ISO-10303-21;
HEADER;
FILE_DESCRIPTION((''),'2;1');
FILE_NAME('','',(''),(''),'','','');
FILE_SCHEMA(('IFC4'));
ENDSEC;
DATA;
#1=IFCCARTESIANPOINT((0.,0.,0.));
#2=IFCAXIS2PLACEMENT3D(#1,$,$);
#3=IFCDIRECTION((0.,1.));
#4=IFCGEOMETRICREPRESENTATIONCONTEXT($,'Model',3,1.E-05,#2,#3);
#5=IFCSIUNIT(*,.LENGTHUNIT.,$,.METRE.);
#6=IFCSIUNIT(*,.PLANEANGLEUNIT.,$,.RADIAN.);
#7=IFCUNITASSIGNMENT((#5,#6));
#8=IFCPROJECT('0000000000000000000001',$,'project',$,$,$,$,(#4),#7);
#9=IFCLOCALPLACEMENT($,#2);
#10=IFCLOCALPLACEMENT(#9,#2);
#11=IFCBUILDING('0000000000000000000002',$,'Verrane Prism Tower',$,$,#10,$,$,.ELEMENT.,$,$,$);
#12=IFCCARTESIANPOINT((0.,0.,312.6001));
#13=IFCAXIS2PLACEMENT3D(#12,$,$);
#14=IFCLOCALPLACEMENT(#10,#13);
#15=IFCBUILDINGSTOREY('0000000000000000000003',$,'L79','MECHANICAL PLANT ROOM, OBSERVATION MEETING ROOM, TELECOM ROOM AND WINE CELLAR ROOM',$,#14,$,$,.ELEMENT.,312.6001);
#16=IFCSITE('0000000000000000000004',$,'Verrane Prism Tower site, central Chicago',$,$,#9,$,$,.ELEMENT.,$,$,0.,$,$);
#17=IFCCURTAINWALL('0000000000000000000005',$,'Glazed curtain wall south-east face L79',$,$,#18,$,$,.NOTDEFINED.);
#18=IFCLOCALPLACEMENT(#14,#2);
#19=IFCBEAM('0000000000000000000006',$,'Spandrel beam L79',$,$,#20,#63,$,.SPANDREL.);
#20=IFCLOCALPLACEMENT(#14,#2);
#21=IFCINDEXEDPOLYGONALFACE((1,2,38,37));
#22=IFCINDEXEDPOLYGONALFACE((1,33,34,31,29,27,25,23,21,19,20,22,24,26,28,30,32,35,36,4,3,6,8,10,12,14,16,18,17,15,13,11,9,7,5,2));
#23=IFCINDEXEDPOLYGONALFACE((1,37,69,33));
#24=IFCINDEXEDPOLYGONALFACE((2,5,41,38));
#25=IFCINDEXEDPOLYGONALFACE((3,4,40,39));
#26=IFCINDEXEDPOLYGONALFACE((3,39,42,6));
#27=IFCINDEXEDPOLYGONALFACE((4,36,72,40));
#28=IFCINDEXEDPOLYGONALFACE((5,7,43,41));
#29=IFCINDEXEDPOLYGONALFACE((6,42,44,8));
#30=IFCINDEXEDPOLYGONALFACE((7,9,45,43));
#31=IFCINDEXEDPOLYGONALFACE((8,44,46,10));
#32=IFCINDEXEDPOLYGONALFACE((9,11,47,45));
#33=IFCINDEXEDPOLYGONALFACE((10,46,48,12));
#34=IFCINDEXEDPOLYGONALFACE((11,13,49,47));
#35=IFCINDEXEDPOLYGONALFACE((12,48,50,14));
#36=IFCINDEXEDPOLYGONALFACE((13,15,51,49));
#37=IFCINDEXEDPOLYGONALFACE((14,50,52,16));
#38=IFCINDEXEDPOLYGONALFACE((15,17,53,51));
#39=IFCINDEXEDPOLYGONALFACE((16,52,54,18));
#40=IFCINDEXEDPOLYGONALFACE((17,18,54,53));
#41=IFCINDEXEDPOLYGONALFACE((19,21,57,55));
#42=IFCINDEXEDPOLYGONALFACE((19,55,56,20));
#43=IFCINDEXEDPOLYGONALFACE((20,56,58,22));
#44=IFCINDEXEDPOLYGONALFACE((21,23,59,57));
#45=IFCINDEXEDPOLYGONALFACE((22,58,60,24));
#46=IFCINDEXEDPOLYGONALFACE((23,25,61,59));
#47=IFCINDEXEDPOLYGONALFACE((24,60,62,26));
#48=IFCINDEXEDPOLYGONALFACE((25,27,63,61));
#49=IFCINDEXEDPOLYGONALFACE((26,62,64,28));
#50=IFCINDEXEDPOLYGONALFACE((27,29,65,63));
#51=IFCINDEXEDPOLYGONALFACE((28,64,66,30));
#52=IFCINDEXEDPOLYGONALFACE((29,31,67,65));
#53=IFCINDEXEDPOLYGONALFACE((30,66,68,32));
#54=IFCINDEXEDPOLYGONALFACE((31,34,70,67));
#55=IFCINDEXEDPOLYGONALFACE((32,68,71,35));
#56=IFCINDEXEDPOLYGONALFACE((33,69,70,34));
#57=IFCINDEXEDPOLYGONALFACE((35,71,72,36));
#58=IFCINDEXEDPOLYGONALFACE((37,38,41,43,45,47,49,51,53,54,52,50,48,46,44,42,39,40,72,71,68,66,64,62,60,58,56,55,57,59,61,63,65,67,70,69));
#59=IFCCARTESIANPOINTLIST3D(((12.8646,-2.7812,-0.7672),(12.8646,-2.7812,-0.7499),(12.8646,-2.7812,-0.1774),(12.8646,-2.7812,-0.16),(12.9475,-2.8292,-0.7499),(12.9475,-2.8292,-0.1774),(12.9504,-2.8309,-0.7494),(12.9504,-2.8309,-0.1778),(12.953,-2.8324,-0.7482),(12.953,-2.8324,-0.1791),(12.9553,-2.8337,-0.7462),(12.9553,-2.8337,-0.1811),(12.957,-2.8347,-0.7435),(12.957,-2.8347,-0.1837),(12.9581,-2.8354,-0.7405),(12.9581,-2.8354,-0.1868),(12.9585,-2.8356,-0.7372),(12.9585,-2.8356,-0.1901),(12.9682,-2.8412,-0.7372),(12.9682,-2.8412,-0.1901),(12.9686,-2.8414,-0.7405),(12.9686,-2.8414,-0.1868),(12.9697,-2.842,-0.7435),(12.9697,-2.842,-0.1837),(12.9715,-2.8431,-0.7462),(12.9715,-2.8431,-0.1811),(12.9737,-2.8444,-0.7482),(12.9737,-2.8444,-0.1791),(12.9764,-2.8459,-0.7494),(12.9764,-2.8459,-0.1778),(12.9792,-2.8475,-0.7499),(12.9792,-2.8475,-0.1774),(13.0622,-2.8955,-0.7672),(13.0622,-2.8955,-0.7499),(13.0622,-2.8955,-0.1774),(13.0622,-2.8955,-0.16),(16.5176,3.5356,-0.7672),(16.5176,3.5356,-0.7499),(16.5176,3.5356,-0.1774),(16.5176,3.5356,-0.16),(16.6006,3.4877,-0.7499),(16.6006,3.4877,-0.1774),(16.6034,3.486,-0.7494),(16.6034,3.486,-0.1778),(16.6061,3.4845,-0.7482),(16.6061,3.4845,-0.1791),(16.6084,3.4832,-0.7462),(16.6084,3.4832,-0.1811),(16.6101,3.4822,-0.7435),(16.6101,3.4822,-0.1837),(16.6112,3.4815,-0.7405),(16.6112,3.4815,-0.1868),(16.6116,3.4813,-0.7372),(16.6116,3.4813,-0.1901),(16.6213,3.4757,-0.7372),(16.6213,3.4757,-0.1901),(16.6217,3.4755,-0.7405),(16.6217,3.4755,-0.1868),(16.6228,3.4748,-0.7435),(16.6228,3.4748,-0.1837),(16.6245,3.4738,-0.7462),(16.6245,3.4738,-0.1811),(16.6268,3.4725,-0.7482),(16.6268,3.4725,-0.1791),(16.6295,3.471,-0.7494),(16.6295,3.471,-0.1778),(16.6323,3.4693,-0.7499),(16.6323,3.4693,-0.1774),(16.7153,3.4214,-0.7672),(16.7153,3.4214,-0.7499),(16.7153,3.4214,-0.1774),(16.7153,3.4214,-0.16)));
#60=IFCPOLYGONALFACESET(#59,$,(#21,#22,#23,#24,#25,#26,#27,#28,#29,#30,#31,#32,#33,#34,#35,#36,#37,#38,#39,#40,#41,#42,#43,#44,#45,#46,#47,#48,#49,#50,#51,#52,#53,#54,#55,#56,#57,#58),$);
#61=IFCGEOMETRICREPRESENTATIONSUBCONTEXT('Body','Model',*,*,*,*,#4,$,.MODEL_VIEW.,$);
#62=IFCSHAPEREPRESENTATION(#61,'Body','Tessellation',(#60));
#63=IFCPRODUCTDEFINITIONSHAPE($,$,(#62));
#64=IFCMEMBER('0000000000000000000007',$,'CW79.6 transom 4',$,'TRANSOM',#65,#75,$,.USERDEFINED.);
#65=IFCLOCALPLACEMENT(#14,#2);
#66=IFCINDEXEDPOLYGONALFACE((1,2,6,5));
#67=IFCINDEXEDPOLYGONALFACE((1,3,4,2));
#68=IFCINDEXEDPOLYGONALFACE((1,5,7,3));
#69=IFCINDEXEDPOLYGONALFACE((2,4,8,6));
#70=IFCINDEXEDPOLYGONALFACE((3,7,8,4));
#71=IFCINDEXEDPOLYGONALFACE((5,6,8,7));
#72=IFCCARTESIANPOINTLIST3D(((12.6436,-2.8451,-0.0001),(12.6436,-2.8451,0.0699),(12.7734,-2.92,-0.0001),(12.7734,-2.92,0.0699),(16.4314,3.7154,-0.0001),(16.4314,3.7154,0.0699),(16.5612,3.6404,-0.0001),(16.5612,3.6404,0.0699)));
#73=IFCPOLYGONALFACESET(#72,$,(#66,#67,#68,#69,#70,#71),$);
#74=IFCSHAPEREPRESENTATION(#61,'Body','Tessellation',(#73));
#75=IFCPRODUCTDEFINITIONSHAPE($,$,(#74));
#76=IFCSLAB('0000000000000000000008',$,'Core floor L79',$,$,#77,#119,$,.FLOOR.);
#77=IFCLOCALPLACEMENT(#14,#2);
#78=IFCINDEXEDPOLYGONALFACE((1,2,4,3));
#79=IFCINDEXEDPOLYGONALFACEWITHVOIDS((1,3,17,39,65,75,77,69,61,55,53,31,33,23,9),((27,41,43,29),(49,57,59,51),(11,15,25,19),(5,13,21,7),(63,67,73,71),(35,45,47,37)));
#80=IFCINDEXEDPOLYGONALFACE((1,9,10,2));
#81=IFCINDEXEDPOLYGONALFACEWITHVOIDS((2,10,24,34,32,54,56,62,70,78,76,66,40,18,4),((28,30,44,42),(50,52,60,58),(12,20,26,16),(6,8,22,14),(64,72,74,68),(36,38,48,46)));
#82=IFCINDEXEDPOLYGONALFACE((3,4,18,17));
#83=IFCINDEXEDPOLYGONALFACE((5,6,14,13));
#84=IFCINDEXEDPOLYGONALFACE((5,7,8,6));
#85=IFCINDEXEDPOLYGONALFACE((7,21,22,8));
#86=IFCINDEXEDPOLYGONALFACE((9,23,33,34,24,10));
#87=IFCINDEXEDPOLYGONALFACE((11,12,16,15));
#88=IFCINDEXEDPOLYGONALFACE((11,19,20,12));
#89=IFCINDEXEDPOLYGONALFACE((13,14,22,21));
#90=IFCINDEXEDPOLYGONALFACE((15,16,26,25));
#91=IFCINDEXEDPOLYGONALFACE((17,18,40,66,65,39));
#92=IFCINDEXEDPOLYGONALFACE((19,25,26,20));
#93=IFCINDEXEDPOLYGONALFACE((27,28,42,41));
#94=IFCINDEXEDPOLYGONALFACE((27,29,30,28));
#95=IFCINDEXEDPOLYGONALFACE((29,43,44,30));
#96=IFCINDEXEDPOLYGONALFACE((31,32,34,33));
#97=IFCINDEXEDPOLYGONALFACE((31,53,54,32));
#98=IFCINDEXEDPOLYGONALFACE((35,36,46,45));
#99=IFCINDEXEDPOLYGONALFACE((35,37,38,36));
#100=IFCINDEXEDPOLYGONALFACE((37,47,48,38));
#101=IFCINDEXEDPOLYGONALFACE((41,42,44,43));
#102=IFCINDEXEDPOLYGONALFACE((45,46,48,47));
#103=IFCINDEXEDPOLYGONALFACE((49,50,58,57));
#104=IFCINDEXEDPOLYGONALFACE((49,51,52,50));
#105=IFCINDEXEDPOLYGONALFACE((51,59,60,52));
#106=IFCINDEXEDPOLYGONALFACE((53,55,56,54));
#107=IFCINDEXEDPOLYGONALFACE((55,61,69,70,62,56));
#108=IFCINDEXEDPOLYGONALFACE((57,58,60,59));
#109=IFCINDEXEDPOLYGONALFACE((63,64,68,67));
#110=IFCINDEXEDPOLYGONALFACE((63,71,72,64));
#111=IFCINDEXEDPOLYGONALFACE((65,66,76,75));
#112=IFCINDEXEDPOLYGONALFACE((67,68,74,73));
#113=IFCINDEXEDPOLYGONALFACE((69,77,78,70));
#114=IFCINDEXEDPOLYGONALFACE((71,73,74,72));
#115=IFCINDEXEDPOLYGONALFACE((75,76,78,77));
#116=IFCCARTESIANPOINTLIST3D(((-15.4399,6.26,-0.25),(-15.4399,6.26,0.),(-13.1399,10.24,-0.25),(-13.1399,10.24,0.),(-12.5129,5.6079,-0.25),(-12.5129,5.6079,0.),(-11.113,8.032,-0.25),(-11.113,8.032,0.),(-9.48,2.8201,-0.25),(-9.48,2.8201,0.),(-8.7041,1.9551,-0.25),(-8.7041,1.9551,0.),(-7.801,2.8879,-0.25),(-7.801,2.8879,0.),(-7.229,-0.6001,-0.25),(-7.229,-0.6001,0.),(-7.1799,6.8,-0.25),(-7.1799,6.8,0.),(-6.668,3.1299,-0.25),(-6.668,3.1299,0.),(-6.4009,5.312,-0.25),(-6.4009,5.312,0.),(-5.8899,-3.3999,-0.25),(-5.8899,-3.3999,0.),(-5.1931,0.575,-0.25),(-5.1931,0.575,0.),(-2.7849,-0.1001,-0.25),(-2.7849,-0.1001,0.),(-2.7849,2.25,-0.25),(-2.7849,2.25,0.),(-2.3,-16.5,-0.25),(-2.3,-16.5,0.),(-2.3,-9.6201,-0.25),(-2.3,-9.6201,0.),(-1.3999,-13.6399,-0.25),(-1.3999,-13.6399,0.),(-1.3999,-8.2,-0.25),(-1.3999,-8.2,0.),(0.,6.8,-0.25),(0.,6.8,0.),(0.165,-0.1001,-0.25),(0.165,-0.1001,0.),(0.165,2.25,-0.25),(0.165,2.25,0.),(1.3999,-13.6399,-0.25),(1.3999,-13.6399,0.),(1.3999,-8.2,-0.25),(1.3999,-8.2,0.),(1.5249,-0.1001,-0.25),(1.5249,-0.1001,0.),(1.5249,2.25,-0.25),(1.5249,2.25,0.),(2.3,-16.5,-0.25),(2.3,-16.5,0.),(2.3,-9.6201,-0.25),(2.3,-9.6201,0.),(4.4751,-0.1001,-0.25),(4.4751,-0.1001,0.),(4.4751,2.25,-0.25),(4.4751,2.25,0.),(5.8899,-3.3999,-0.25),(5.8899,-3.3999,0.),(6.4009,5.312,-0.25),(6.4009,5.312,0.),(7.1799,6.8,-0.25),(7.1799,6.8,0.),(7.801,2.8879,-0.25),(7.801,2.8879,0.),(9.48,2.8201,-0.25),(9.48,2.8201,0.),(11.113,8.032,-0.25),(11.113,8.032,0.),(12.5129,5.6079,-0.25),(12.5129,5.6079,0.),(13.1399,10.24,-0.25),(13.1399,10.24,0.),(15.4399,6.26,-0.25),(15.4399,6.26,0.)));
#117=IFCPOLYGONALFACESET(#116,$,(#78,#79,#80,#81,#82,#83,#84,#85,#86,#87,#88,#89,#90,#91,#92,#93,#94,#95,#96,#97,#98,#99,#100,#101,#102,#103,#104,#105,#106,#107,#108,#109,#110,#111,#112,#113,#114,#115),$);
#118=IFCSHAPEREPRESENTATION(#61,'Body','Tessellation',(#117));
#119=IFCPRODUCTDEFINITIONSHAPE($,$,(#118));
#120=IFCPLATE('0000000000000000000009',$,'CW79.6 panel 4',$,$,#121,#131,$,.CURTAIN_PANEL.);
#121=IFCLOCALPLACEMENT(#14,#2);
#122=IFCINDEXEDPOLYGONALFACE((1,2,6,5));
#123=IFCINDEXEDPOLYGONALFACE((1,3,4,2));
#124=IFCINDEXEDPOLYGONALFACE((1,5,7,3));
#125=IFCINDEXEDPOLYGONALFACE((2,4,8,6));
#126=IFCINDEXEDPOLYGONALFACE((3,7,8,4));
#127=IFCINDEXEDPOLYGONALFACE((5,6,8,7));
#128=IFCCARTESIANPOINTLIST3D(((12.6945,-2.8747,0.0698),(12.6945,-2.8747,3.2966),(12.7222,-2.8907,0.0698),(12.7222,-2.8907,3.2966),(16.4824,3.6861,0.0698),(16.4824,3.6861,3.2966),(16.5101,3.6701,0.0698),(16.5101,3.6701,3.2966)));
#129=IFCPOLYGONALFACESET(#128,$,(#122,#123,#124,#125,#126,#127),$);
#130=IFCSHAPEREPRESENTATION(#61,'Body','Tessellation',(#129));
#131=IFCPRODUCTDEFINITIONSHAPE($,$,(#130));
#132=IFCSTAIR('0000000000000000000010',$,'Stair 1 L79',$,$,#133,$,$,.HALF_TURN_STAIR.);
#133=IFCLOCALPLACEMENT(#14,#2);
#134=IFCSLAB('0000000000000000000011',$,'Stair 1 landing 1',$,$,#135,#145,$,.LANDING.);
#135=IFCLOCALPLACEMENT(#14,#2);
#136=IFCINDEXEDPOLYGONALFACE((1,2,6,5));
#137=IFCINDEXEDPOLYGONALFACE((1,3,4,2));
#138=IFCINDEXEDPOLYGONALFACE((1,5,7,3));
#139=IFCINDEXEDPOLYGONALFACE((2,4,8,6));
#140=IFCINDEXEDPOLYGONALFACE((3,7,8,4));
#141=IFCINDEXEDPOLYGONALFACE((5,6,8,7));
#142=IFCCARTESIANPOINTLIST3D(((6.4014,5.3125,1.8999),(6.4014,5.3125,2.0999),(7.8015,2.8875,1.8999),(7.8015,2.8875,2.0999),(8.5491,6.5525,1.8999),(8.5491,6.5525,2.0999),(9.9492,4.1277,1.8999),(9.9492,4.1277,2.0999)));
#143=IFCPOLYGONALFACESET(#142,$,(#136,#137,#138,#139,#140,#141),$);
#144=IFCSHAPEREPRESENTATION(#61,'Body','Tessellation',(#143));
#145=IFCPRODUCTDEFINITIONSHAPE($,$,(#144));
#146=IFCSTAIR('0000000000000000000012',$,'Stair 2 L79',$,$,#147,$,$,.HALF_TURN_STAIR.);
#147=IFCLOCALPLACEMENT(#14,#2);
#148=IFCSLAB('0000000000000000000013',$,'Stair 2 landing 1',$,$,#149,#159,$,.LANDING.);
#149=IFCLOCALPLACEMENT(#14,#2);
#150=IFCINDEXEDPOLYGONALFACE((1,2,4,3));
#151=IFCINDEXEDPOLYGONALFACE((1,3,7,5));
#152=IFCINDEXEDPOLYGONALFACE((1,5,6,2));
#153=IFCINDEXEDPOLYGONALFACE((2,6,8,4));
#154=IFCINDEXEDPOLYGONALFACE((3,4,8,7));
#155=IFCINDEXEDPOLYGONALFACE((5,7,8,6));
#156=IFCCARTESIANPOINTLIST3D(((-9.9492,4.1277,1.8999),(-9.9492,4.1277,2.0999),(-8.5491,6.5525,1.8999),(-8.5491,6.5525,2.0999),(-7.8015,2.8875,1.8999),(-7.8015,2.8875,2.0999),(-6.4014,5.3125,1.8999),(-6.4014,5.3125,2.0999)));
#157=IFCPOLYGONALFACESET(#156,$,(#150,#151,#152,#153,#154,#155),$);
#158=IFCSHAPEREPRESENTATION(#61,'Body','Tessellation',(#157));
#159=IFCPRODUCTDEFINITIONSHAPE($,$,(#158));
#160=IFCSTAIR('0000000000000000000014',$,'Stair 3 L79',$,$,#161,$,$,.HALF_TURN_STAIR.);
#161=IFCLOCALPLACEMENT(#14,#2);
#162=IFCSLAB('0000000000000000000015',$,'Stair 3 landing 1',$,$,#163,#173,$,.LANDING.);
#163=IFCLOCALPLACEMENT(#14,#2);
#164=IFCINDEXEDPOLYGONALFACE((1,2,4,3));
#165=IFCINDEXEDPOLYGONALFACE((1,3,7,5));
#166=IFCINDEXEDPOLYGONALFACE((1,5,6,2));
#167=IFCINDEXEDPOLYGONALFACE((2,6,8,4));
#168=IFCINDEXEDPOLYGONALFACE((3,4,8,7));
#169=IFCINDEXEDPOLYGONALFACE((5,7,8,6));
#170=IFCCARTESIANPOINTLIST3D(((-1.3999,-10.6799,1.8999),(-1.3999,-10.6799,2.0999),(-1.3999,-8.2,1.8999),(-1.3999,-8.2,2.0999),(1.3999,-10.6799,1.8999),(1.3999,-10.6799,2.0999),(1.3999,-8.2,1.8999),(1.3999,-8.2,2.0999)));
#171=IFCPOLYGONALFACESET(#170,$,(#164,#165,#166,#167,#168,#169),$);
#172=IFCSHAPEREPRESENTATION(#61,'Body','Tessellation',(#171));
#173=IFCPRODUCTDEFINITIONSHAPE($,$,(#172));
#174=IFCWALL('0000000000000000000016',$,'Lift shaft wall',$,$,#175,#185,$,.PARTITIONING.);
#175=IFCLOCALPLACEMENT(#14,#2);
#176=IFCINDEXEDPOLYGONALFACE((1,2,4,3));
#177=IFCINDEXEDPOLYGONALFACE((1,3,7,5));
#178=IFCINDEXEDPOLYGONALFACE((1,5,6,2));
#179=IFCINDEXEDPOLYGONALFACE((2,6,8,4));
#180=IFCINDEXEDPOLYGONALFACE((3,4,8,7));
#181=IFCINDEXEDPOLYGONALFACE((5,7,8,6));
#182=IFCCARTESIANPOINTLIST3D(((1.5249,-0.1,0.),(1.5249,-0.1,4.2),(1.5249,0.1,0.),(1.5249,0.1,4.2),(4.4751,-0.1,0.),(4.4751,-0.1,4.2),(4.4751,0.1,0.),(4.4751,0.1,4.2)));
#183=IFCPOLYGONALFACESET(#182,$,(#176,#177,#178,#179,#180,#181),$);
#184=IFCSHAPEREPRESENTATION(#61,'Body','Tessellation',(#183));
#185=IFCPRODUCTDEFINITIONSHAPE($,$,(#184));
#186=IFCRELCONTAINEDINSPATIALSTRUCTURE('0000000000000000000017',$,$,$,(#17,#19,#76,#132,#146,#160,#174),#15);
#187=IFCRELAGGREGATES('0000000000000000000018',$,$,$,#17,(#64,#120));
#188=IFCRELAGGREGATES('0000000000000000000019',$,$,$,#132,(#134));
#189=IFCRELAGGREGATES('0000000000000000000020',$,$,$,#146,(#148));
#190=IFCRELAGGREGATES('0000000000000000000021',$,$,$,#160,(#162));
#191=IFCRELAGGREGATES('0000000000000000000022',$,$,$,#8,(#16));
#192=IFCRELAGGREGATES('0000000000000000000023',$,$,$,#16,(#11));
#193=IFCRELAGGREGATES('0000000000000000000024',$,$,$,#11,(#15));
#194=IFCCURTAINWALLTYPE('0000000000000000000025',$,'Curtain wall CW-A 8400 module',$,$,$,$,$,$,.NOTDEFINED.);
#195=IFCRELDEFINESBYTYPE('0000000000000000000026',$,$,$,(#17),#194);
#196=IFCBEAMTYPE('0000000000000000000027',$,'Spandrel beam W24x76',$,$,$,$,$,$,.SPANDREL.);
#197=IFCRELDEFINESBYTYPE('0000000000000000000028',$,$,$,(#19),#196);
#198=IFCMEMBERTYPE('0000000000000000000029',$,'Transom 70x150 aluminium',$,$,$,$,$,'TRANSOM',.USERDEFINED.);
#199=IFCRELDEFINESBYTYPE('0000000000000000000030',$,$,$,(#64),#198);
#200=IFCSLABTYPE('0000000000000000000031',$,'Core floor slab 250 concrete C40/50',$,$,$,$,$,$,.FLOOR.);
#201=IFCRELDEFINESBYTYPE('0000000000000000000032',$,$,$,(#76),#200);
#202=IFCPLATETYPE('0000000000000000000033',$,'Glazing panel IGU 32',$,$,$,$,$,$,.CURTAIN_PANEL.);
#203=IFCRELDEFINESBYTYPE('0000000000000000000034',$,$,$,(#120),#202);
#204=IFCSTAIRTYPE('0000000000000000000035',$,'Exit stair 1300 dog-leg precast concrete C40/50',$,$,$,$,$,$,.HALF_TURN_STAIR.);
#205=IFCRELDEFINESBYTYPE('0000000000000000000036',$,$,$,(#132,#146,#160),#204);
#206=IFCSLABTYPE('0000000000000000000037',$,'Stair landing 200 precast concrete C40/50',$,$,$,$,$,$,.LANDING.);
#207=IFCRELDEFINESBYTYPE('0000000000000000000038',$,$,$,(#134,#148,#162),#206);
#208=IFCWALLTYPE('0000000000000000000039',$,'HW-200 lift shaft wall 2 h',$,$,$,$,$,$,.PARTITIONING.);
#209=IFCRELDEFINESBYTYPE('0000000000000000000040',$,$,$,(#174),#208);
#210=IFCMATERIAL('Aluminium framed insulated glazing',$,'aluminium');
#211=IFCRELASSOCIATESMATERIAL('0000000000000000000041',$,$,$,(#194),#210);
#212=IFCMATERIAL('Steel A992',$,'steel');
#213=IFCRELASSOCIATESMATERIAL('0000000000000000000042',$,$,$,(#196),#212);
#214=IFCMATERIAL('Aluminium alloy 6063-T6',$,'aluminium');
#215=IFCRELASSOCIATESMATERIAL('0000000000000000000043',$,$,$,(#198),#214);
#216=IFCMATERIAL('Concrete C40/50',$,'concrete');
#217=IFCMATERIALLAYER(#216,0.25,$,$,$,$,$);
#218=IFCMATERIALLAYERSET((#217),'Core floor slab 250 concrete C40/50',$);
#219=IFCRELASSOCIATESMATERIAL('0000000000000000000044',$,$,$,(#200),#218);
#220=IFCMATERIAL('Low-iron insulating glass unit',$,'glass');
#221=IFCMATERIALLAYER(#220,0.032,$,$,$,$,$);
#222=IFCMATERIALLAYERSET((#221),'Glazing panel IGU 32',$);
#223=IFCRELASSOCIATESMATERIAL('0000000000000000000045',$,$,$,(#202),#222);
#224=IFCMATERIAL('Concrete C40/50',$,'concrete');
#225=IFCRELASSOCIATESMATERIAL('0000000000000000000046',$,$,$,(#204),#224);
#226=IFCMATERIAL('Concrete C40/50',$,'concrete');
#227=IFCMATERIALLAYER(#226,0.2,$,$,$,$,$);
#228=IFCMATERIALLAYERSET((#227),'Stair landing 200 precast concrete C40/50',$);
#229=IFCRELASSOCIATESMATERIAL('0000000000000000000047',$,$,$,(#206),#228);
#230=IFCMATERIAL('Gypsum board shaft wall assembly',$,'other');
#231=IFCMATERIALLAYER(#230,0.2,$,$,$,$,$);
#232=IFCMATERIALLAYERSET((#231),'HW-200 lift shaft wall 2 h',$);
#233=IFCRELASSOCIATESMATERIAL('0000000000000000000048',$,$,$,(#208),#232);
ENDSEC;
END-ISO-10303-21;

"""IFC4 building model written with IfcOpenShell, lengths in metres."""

from ifc_helpers import new_model, si_unit, direction, frame, frame_2d, origin, origin_2d, place, context, subcontext, project, spatial, polyline, rectangle, i_section, outline, extrude, material, layer, layer_set, material_profile, profile_set, type_object, element, aggregate, save


model = new_model("IFC4")

# Units and contexts
model_context = context("Model", 3, precision=1e-05, world=origin(), true_north=direction((0.0, 1.0)))
body_context = subcontext(model_context, "Body", "Model", "MODEL_VIEW")
ifc_project = project(units=[si_unit("LENGTHUNIT", "METRE"), si_unit("PLANEANGLEUNIT", "RADIAN")], contexts=[model_context])

# Site, building, storey
site_placement = place(None, origin())
site = spatial("IfcSite", under=ifc_project, at=site_placement, Name="Verrane Prism Tower site, central Chicago", CompositionType="ELEMENT", RefElevation=0.0)
building_placement = place(site_placement, origin())
building = spatial("IfcBuilding", under=site, at=building_placement, Name="Verrane Prism Tower", CompositionType="ELEMENT")
storey_placement = place(building_placement, frame((0.0, 0.0, 312.6001)))
storey = spatial("IfcBuildingStorey", under=building, at=storey_placement, Name="L79", Description="MECHANICAL PLANT ROOM, OBSERVATION MEETING ROOM, TELECOM ROOM AND WINE CELLAR ROOM", CompositionType="ELEMENT", Elevation=312.6001)

# Curtain wall
ifc_material_1 = material(Name="Aluminium framed insulated glazing", Category="aluminium")
curtain_wall_type = type_object("IfcCurtainWallType", Name="Curtain wall CW-A 8400 module", PredefinedType="NOTDEFINED", material=ifc_material_1)
curtain_wall_placement = place(storey_placement, origin())
curtain_wall = element("IfcCurtainWall", 1, at=curtain_wall_placement, inside=storey, type_object=curtain_wall_type, Name="Glazed curtain wall south-east face L79", PredefinedType="NOTDEFINED")

# Beam
ifc_material_2 = material(Name="Steel A992", Category="steel")
ifc_material_profile_1 = material_profile(ifc_material_2, i_section(OverallWidth=0.2283, OverallDepth=0.6072, WebThickness=0.0112, FlangeThickness=0.0173, FilletRadius=0.0127, at=origin_2d()), Name="W24x76")
ifc_profile_set_1 = profile_set([ifc_material_profile_1], Name="Steel A992")
beam_type_1 = type_object("IfcBeamType", Name="Spandrel beam W24x76", PredefinedType="SPANDREL", material=ifc_profile_set_1)
beam_1_placement = place(storey_placement, frame((12.9634, -2.8384, -0.4636), z_axis=(0.500618, 0.865668, 0.0), x_axis=(-0.865668, 0.500618, 0.0)))
element("IfcBeam", 2, at=beam_1_placement, inside=storey, type_object=beam_type_1, Name="Spandrel beam L79", PredefinedType="SPANDREL", context=body_context, shape_type="SweptSolid", body=[
    extrude(i_section(OverallWidth=0.2283, OverallDepth=0.6072, WebThickness=0.0112, FlangeThickness=0.0173, FilletRadius=0.0127, at=origin_2d()), origin(), (0.0, 0.0, 1.0), 7.2971),
])

# Member
ifc_material_3 = material(Name="Aluminium alloy 6063-T6", Category="aluminium")
ifc_material_profile_2 = material_profile(ifc_material_3, rectangle(XDim=0.1499, YDim=0.0701, at=origin_2d()), Name="Transom 70x150 aluminium")
ifc_profile_set_2 = profile_set([ifc_material_profile_2], Name="Aluminium alloy 6063-T6")
member_type_1 = type_object("IfcMemberType", Name="Transom 70x150 aluminium", ElementType="TRANSOM", PredefinedType="USERDEFINED", material=ifc_profile_set_2)
member_1_placement = place(storey_placement, frame((12.7085, -2.8826, 0.0349), z_axis=(0.500011, 0.866019, 0.0), x_axis=(-0.866019, 0.500011, 0.0)))
member_1 = element("IfcMember", 3, at=member_1_placement, type_object=member_type_1, Name="CW79.6 transom 4", ObjectType="TRANSOM", PredefinedType="USERDEFINED", context=body_context, shape_type="SweptSolid", body=[
    extrude(rectangle(XDim=0.1499, YDim=0.0701, at=origin_2d()), origin(), (0.0, 0.0, 1.0), 7.5754),
])

# Slab
ifc_material_4 = material(Name="Concrete C40/50", Category="concrete")
ifc_layer_1 = layer(ifc_material_4, 0.25)
ifc_layer_set_1 = layer_set([ifc_layer_1], Name="Core floor slab 250 concrete C40/50")
slab_type_1 = type_object("IfcSlabType", Name="Core floor slab 250 concrete C40/50", PredefinedType="FLOOR", material=ifc_layer_set_1)
slab_1_placement = place(storey_placement, frame((0.0, 0.0, -0.25)))
element("IfcSlab", 4, at=slab_1_placement, inside=storey, type_object=slab_type_1, Name="Core floor L79", PredefinedType="FLOOR", context=body_context, shape_type="SweptSolid", body=[
    extrude(outline(polyline([(9.48, 2.8201), (15.4399, 6.26), (13.1399, 10.24), (7.1799, 6.8), (0.0, 6.8), (-7.1799, 6.8), (-13.1399, 10.24), (-15.4399, 6.26), (-9.48, 2.8201), (-5.8899, -3.3999), (-2.3, -9.6201), (-2.3, -16.5), (2.3, -16.5), (2.3, -9.6201), (5.8899, -3.3999), (9.48, 2.8201)]), holes=[polyline([(-1.3999, -13.6399), (-1.3999, -8.2), (1.3999, -8.2), (1.3999, -13.6399), (-1.3999, -13.6399)]), polyline([(0.165, 2.25), (0.165, -0.1001), (-2.7849, -0.1001), (-2.7849, 2.25), (0.165, 2.25)]), polyline([(4.4751, 2.25), (4.4751, -0.1001), (1.5249, -0.1001), (1.5249, 2.25), (4.4751, 2.25)]), polyline([(-8.7041, 1.9551), (-6.668, 3.1299), (-5.1931, 0.575), (-7.229, -0.6001), (-8.7041, 1.9551)]), polyline([(-6.4009, 5.312), (-7.801, 2.8879), (-12.5129, 5.6079), (-11.113, 8.032), (-6.4009, 5.312)]), polyline([(7.801, 2.8879), (6.4009, 5.312), (11.113, 8.032), (12.5129, 5.6079), (7.801, 2.8879)])]), origin(), (0.0, 0.0, 1.0), 0.25),
])

# Plate
ifc_material_5 = material(Name="Low-iron insulating glass unit", Category="glass")
ifc_layer_2 = layer(ifc_material_5, 0.032)
ifc_layer_set_2 = layer_set([ifc_layer_2], Name="Glazing panel IGU 32")
plate_type = type_object("IfcPlateType", Name="Glazing panel IGU 32", PredefinedType="CURTAIN_PANEL", material=ifc_layer_set_2)
plate_placement = place(storey_placement, frame((14.6023, 0.3977, 0.0698), z_axis=(0.0, 0.0, 1.0), x_axis=(0.5, 0.866025, 0.0)))
plate = element("IfcPlate", 5, at=plate_placement, type_object=plate_type, Name="CW79.6 panel 4", PredefinedType="CURTAIN_PANEL", context=body_context, shape_type="SweptSolid", body=[
    extrude(rectangle(XDim=7.5757, YDim=0.032, at=origin_2d()), origin(), (0.0, 0.0, 1.0), 3.2268),
])
aggregate(curtain_wall, [member_1, plate])

# Stairs, slabs
ifc_material_6 = material(Name="Concrete C40/50", Category="concrete")
stair_type = type_object("IfcStairType", Name="Exit stair 1300 dog-leg precast concrete C40/50", PredefinedType="HALF_TURN_STAIR", material=ifc_material_6)
stair_1_placement = place(storey_placement, origin())
stair_1 = element("IfcStair", 6, at=stair_1_placement, inside=storey, type_object=stair_type, Name="Stair 1 L79", PredefinedType="HALF_TURN_STAIR")
ifc_material_7 = material(Name="Concrete C40/50", Category="concrete")
ifc_layer_3 = layer(ifc_material_7, 0.2)
ifc_layer_set_3 = layer_set([ifc_layer_3], Name="Stair landing 200 precast concrete C40/50")
slab_type_2 = type_object("IfcSlabType", Name="Stair landing 200 precast concrete C40/50", PredefinedType="LANDING", material=ifc_layer_set_3)
slab_2_placement = place(storey_placement, frame((0.0, 0.0, 1.8999)))
slab_2 = element("IfcSlab", 7, at=slab_2_placement, type_object=slab_type_2, Name="Stair 1 landing 1", PredefinedType="LANDING", context=body_context, shape_type="SweptSolid", body=[
    extrude(outline(polyline([(8.5491, 6.5525), (6.4014, 5.3125), (7.8015, 2.8875), (9.9492, 4.1277), (8.5491, 6.5525)])), origin(), (0.0, 0.0, 1.0), 0.2),
])
aggregate(stair_1, [slab_2])
stair_2_placement = place(storey_placement, origin())
stair_2 = element("IfcStair", 8, at=stair_2_placement, inside=storey, type_object=stair_type, Name="Stair 2 L79", PredefinedType="HALF_TURN_STAIR")
slab_3_placement = place(storey_placement, frame((0.0, 0.0, 1.8999)))
slab_3 = element("IfcSlab", 9, at=slab_3_placement, type_object=slab_type_2, Name="Stair 2 landing 1", PredefinedType="LANDING", context=body_context, shape_type="SweptSolid", body=[
    extrude(outline(polyline([(-9.9492, 4.1277), (-7.8015, 2.8875), (-6.4014, 5.3125), (-8.5491, 6.5525), (-9.9492, 4.1277)])), origin(), (0.0, 0.0, 1.0), 0.2),
])
aggregate(stair_2, [slab_3])
stair_3_placement = place(storey_placement, origin())
stair_3 = element("IfcStair", 10, at=stair_3_placement, inside=storey, type_object=stair_type, Name="Stair 3 L79", PredefinedType="HALF_TURN_STAIR")
slab_4_placement = place(storey_placement, frame((0.0, 0.0, 1.8999)))
slab_4 = element("IfcSlab", 11, at=slab_4_placement, type_object=slab_type_2, Name="Stair 3 landing 1", PredefinedType="LANDING", context=body_context, shape_type="SweptSolid", body=[
    extrude(outline(polyline([(1.3999, -10.6799), (1.3999, -8.2), (-1.3999, -8.2), (-1.3999, -10.6799), (1.3999, -10.6799)])), origin(), (0.0, 0.0, 1.0), 0.2),
])
aggregate(stair_3, [slab_4])

# Wall
ifc_material_8 = material(Name="Gypsum board shaft wall assembly", Category="other")
ifc_layer_4 = layer(ifc_material_8, 0.2)
ifc_layer_set_4 = layer_set([ifc_layer_4], Name="HW-200 lift shaft wall 2 h")
wall_type_1 = type_object("IfcWallType", Name="HW-200 lift shaft wall 2 h", PredefinedType="PARTITIONING", material=ifc_layer_set_4)
wall_1_placement = place(storey_placement, frame((1.5249, 0.0, 0.0), z_axis=(0.0, 0.0, 1.0), x_axis=(1.0, 0.0, 0.0)))
element("IfcWall", 12, at=wall_1_placement, inside=storey, type_object=wall_type_1, Name="Lift shaft wall", PredefinedType="PARTITIONING", context=body_context, shape_type="SweptSolid", body=[
    extrude(rectangle(XDim=2.9502, YDim=0.2, at=frame_2d((1.4751, 0.0))), origin(), (0.0, 0.0, 1.0), 4.2),
])

save(model, "model.ifc")
